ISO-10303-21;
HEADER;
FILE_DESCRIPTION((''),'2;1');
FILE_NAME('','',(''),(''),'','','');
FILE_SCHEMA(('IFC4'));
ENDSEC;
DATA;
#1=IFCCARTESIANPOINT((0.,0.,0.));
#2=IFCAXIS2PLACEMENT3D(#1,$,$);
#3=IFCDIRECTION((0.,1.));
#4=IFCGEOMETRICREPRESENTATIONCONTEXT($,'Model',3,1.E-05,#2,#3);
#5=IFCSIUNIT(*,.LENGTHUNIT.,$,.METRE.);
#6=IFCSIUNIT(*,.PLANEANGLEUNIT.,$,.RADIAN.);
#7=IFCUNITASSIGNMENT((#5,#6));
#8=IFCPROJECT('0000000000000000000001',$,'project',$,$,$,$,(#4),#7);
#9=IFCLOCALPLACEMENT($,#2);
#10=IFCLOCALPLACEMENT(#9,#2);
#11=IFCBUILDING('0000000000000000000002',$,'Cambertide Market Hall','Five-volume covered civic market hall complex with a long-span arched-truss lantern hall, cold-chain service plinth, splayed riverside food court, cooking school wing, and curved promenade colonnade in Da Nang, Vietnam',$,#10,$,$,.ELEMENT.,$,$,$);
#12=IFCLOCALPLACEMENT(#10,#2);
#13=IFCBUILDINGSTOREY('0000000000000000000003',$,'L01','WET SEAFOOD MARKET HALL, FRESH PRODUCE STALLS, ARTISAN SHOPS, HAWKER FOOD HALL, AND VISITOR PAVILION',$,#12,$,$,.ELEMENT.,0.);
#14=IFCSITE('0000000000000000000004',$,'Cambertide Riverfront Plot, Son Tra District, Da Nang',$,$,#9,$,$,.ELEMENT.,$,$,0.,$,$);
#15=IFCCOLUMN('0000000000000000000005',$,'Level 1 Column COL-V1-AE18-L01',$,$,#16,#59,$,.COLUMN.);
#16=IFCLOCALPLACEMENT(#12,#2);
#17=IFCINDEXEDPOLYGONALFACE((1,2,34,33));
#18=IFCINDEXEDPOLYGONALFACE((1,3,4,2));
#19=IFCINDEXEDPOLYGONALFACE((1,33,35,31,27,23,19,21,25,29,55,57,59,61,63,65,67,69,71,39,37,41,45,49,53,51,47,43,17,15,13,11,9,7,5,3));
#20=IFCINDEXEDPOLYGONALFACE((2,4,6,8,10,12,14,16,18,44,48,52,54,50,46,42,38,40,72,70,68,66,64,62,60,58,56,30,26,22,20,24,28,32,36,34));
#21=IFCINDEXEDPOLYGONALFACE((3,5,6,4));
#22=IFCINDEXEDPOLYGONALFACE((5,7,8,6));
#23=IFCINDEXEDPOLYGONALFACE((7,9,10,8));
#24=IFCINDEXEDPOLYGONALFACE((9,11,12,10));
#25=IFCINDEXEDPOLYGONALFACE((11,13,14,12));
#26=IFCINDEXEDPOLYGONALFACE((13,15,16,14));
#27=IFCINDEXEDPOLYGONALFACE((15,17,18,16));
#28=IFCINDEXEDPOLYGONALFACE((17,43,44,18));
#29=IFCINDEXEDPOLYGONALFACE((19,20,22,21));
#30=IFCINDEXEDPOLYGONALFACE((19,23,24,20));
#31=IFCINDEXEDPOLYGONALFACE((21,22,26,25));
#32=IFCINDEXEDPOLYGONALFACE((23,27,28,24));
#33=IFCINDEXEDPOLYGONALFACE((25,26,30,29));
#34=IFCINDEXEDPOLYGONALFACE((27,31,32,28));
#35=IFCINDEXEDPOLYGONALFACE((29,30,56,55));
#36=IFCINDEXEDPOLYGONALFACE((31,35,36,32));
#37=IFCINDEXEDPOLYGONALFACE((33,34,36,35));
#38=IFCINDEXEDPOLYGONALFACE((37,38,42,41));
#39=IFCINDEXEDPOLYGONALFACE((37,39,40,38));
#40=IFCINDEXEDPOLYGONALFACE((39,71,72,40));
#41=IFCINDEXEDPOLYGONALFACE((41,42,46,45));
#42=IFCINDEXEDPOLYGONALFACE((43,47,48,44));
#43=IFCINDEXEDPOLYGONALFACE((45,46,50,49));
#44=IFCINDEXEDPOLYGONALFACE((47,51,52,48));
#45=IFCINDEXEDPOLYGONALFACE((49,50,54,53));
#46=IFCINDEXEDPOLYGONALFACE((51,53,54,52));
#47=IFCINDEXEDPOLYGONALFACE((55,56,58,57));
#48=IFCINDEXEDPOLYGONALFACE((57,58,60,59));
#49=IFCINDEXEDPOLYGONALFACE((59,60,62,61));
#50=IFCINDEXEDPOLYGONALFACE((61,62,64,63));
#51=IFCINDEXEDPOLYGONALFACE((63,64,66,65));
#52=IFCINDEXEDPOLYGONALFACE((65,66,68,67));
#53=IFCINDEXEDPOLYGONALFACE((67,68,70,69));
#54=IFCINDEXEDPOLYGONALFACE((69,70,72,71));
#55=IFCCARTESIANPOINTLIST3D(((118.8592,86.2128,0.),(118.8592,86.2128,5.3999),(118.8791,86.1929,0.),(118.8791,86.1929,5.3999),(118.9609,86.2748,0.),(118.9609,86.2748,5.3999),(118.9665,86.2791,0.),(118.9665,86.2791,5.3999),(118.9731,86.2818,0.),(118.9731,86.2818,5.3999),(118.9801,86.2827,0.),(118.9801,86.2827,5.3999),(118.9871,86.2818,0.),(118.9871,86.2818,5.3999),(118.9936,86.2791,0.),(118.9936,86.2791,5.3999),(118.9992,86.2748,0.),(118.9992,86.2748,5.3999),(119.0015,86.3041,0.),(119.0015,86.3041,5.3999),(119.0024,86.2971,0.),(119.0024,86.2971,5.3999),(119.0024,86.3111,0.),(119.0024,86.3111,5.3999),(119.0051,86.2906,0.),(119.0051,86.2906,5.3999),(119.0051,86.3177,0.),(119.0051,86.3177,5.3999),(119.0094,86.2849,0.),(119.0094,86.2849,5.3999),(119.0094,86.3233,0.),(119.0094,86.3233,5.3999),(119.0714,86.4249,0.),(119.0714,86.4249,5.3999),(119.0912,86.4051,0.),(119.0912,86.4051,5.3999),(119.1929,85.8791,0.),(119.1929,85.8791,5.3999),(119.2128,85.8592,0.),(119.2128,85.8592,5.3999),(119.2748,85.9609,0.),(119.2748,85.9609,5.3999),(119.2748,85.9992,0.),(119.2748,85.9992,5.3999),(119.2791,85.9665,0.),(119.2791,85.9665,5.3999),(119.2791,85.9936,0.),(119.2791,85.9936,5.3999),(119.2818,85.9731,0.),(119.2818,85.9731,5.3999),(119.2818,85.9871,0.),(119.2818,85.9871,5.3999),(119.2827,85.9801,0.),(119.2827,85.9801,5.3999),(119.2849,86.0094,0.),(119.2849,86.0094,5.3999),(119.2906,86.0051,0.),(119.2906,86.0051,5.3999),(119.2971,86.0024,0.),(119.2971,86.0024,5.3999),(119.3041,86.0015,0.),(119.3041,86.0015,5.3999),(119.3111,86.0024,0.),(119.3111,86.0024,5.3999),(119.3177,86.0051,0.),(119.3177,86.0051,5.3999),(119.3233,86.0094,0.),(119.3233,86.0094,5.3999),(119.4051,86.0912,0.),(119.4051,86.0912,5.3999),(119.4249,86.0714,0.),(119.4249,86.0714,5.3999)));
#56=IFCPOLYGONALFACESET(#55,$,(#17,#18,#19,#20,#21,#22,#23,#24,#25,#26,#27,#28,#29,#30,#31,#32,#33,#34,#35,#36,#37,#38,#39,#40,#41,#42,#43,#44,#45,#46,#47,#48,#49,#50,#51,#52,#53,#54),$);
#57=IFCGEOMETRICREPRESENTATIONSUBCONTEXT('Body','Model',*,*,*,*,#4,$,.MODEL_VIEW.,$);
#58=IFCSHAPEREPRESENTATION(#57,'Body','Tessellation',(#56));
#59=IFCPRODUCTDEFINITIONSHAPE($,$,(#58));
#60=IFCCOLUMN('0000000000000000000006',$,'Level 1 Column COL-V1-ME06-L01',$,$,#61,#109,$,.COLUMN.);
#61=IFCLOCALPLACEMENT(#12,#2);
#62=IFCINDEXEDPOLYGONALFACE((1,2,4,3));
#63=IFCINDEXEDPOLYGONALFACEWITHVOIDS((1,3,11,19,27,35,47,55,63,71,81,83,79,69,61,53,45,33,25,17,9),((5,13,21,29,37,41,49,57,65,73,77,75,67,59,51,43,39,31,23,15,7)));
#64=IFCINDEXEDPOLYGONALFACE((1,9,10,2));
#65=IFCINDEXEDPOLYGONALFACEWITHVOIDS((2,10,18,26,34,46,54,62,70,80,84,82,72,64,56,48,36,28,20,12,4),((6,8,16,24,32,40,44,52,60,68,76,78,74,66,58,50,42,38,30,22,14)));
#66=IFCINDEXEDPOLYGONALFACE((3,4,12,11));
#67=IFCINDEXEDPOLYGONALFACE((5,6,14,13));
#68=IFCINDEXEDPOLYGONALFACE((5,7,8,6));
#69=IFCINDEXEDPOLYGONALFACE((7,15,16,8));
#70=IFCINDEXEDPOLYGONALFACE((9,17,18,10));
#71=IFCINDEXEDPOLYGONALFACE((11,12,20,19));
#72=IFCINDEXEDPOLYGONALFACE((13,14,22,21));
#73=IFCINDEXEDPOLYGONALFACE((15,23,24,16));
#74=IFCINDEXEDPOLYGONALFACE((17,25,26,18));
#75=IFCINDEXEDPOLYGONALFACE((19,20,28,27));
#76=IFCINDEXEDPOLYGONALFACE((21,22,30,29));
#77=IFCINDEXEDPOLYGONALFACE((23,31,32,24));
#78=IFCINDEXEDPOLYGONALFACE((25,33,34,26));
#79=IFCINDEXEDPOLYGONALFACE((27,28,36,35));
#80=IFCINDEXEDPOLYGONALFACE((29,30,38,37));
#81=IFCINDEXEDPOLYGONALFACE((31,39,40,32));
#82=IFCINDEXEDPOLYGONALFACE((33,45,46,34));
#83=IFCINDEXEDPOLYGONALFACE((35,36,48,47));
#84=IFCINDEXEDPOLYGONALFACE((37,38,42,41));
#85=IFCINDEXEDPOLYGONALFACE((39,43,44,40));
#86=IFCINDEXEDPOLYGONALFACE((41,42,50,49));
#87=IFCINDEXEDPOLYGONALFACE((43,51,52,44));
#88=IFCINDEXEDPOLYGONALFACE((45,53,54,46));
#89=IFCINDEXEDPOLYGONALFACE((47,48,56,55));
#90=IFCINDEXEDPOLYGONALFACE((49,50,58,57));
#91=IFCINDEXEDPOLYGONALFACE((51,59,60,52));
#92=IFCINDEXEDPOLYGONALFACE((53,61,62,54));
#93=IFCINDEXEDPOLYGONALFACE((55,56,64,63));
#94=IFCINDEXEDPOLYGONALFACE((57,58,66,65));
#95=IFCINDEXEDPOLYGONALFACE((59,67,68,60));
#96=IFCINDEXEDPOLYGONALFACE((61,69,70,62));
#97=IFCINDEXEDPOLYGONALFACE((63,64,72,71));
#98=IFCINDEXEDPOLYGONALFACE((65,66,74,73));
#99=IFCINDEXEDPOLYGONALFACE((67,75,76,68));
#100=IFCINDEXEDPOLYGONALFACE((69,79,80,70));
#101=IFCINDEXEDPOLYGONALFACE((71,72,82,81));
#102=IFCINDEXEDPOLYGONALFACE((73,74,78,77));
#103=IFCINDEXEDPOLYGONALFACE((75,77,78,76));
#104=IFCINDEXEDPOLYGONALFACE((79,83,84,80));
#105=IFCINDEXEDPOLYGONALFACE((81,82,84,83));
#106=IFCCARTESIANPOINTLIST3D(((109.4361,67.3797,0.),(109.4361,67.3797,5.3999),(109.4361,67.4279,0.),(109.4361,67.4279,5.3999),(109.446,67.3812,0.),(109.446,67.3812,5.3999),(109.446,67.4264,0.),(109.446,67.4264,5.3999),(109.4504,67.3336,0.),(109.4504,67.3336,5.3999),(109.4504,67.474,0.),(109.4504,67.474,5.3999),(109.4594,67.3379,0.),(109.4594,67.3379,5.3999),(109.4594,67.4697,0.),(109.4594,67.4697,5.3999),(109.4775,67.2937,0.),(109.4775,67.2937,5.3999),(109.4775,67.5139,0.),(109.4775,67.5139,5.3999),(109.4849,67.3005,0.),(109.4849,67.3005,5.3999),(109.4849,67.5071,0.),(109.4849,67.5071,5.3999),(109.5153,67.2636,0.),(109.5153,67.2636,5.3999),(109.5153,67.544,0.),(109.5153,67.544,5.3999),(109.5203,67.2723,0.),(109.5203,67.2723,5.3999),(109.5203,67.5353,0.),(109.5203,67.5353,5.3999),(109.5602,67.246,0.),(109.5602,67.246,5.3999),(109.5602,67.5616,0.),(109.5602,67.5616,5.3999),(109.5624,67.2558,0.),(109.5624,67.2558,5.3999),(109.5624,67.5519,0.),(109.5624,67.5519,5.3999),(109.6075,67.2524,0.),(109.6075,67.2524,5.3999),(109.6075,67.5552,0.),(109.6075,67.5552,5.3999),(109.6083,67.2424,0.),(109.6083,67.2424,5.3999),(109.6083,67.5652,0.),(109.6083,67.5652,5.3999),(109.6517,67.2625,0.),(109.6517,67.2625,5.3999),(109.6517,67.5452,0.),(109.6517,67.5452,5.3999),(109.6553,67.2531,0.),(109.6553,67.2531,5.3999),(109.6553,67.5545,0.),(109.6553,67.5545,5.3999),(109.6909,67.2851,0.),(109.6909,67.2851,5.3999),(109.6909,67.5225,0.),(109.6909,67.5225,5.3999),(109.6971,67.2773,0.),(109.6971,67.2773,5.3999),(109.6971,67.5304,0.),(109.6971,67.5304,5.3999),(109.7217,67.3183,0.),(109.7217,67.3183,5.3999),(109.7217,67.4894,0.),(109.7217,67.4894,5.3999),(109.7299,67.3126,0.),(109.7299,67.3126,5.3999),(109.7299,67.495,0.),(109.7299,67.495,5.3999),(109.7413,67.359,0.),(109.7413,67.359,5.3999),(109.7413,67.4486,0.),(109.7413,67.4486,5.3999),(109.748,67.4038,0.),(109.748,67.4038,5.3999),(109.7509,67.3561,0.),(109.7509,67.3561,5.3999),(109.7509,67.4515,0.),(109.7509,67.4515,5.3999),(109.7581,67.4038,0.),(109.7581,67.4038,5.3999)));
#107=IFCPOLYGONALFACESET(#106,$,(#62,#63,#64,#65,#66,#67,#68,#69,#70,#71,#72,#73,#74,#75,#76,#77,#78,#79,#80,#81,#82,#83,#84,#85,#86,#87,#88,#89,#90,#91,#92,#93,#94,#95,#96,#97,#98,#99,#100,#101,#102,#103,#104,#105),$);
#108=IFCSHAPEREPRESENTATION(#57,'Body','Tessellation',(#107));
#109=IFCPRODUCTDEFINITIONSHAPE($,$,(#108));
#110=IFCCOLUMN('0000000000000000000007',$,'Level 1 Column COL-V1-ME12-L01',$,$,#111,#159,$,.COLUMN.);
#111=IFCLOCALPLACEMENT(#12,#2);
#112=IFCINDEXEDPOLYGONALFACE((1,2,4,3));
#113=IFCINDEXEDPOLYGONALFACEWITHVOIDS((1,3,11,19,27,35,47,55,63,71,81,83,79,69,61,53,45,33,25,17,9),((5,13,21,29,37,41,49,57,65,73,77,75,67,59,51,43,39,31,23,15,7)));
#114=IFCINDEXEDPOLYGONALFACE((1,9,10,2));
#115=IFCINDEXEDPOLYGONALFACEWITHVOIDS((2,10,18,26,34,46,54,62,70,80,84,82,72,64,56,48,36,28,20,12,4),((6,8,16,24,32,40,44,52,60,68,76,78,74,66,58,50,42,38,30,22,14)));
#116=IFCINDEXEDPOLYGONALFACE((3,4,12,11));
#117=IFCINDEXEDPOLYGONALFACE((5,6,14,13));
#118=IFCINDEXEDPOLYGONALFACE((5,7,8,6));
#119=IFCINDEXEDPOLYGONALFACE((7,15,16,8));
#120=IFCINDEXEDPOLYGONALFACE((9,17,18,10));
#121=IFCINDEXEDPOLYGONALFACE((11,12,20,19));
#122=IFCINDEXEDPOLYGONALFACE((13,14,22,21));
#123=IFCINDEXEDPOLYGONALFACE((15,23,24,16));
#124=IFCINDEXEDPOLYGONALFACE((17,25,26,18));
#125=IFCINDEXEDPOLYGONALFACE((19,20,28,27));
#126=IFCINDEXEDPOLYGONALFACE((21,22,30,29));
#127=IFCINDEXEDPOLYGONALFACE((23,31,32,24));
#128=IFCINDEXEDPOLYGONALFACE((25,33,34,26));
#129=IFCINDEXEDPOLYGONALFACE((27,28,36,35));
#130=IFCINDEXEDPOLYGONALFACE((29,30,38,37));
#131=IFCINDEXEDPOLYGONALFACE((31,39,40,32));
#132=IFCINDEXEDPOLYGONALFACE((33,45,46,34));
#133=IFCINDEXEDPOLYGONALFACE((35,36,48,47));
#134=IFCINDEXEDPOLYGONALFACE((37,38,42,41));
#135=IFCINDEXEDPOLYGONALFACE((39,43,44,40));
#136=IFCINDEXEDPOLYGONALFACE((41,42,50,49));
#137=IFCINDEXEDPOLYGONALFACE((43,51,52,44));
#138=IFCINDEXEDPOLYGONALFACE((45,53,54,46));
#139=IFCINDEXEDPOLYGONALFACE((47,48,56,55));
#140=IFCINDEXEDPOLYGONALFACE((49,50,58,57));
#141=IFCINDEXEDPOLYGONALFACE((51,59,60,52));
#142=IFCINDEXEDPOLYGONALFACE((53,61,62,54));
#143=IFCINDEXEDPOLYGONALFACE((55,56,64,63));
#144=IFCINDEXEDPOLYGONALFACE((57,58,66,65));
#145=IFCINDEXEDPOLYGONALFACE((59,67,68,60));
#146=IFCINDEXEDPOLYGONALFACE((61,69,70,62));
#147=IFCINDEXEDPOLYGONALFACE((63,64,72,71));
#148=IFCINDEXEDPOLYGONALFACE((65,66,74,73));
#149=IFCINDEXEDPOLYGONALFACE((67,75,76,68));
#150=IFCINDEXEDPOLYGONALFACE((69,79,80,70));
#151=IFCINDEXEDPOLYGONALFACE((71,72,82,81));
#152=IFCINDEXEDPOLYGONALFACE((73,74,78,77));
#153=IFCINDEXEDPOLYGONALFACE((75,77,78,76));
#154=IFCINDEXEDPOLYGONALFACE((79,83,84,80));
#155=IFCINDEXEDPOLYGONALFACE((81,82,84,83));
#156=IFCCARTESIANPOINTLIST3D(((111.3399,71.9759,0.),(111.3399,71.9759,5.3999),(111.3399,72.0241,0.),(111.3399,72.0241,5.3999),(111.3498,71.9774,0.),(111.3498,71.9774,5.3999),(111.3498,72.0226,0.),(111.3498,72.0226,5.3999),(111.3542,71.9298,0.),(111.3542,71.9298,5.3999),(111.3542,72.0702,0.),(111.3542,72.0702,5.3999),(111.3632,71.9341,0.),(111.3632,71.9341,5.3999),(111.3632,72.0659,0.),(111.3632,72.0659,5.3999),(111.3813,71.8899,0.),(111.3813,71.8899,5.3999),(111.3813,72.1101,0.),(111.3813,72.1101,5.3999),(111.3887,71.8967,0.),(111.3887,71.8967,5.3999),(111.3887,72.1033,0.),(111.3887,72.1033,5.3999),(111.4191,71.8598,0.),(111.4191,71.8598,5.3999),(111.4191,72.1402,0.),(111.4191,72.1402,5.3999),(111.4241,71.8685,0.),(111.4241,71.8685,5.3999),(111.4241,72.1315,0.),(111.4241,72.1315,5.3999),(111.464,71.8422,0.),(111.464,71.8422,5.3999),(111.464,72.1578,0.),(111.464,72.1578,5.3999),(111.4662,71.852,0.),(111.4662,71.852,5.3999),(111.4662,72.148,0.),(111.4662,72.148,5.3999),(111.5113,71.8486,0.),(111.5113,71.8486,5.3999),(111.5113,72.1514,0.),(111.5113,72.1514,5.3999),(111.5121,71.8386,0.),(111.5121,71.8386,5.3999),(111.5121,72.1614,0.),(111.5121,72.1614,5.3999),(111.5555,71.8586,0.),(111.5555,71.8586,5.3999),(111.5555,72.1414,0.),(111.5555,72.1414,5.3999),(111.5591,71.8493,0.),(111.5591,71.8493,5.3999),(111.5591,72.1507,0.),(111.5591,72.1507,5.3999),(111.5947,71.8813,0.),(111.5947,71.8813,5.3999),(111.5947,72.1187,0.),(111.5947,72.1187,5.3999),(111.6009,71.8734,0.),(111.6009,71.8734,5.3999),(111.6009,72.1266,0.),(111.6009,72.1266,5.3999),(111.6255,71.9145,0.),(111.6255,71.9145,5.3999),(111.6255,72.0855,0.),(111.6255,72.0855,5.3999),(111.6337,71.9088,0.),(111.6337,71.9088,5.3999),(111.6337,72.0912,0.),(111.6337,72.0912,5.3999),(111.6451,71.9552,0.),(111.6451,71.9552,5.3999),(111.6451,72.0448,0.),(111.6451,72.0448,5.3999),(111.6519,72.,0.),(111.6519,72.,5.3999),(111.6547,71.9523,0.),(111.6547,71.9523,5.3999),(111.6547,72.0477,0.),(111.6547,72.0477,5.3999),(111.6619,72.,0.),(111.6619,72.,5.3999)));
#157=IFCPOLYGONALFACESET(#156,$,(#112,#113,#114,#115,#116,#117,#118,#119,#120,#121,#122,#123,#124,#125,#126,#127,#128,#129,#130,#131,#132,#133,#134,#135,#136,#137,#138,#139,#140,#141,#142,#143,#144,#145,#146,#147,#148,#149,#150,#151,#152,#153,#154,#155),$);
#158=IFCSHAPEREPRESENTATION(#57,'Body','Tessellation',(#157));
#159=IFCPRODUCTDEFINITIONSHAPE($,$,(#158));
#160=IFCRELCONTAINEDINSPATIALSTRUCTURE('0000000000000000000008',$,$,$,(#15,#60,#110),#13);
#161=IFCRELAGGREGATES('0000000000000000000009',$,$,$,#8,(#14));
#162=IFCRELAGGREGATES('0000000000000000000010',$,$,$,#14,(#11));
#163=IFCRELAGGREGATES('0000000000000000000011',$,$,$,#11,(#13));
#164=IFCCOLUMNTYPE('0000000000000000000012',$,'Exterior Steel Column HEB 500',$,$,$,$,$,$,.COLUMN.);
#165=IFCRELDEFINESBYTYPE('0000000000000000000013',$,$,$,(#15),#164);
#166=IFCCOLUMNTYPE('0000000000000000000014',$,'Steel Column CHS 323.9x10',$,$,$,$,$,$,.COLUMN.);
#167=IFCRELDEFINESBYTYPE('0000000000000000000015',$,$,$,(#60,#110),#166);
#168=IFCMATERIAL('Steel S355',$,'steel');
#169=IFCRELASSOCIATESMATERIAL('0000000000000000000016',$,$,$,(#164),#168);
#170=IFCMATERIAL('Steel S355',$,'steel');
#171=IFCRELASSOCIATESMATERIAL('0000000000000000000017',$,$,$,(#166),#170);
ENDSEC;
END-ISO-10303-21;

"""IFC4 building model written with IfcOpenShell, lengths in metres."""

from ifc_helpers import new_model, si_unit, direction, frame, origin, origin_2d, place, context, subcontext, project, spatial, hollow_circle, i_section, extrude, material, material_profile, profile_set, type_object, element, save


model = new_model("IFC4")

# Units and contexts
model_context = context("Model", 3, precision=1e-05, world=origin(), true_north=direction((0.0, 1.0)))
body_context = subcontext(model_context, "Body", "Model", "MODEL_VIEW")
ifc_project = project(units=[si_unit("LENGTHUNIT", "METRE"), si_unit("PLANEANGLEUNIT", "RADIAN")], contexts=[model_context])

# Site, building, storey
site_placement = place(None, origin())
site = spatial("IfcSite", under=ifc_project, at=site_placement, Name="Cambertide Riverfront Plot, Son Tra District, Da Nang", CompositionType="ELEMENT", RefElevation=0.0)
building_placement = place(site_placement, origin())
building = spatial("IfcBuilding", under=site, at=building_placement, Name="Cambertide Market Hall", Description="Five-volume covered civic market hall complex with a long-span arched-truss lantern hall, cold-chain service plinth, splayed riverside food court, cooking school wing, and curved promenade colonnade in Da Nang, Vietnam", CompositionType="ELEMENT")
storey_placement = place(building_placement, origin())
storey = spatial("IfcBuildingStorey", under=building, at=storey_placement, Name="L01", Description="WET SEAFOOD MARKET HALL, FRESH PRODUCE STALLS, ARTISAN SHOPS, HAWKER FOOD HALL, AND VISITOR PAVILION", CompositionType="ELEMENT", Elevation=0.0)

# Columns
ifc_material_1 = material(Name="Steel S355", Category="steel")
ifc_material_profile_1 = material_profile(ifc_material_1, i_section(OverallWidth=0.3, OverallDepth=0.5, WebThickness=0.0144, FlangeThickness=0.0281, FilletRadius=0.0271, at=origin_2d()), Name="HEB 500")
ifc_profile_set_1 = profile_set([ifc_material_profile_1], Name="Steel S355")
column_type_1 = type_object("IfcColumnType", Name="Exterior Steel Column HEB 500", PredefinedType="COLUMN", material=ifc_profile_set_1)
column_placement = place(storey_placement, frame((119.1421, 86.1421, 0.0), z_axis=(0.0, 0.0, 1.0), x_axis=(0.707107, 0.707107, 0.0)))
element("IfcColumn", 1, at=column_placement, inside=storey, type_object=column_type_1, Name="Level 1 Column COL-V1-AE18-L01", PredefinedType="COLUMN", context=body_context, shape_type="SweptSolid", body=[
    extrude(i_section(OverallWidth=0.3, OverallDepth=0.5, WebThickness=0.0144, FlangeThickness=0.0281, FilletRadius=0.0271, at=origin_2d()), origin(), (0.0, 0.0, 1.0), 5.3999),
])
ifc_material_2 = material(Name="Steel S355", Category="steel")
ifc_material_profile_2 = material_profile(ifc_material_2, hollow_circle(Radius=0.1619, WallThickness=0.01, at=origin_2d()), Name="CHS 323.9x10")
ifc_profile_set_2 = profile_set([ifc_material_profile_2], Name="Steel S355")
column_type_2 = type_object("IfcColumnType", Name="Steel Column CHS 323.9x10", PredefinedType="COLUMN", material=ifc_profile_set_2)
for number, where, z_axis, x_axis, name in (
    (2, (109.5962, 67.4038, 0.0), (0.0, 0.0, 1.0), (1.0, 0.0, 0.0), "Level 1 Column COL-V1-ME06-L01"),
    (3, (111.5, 72.0, 0.0), (0.0, 0.0, 1.0), (1.0, 0.0, 0.0), "Level 1 Column COL-V1-ME12-L01"),
):
    element("IfcColumn", number, at=place(storey_placement, frame(where, z_axis=z_axis, x_axis=x_axis)), inside=storey, type_object=column_type_2, Name=name, PredefinedType="COLUMN", context=body_context, shape_type="SweptSolid", body=[
        extrude(hollow_circle(Radius=0.1619, WallThickness=0.01, at=origin_2d()), origin(), (0.0, 0.0, 1.0), 5.3999),
    ])

save(model, "model.ifc")
